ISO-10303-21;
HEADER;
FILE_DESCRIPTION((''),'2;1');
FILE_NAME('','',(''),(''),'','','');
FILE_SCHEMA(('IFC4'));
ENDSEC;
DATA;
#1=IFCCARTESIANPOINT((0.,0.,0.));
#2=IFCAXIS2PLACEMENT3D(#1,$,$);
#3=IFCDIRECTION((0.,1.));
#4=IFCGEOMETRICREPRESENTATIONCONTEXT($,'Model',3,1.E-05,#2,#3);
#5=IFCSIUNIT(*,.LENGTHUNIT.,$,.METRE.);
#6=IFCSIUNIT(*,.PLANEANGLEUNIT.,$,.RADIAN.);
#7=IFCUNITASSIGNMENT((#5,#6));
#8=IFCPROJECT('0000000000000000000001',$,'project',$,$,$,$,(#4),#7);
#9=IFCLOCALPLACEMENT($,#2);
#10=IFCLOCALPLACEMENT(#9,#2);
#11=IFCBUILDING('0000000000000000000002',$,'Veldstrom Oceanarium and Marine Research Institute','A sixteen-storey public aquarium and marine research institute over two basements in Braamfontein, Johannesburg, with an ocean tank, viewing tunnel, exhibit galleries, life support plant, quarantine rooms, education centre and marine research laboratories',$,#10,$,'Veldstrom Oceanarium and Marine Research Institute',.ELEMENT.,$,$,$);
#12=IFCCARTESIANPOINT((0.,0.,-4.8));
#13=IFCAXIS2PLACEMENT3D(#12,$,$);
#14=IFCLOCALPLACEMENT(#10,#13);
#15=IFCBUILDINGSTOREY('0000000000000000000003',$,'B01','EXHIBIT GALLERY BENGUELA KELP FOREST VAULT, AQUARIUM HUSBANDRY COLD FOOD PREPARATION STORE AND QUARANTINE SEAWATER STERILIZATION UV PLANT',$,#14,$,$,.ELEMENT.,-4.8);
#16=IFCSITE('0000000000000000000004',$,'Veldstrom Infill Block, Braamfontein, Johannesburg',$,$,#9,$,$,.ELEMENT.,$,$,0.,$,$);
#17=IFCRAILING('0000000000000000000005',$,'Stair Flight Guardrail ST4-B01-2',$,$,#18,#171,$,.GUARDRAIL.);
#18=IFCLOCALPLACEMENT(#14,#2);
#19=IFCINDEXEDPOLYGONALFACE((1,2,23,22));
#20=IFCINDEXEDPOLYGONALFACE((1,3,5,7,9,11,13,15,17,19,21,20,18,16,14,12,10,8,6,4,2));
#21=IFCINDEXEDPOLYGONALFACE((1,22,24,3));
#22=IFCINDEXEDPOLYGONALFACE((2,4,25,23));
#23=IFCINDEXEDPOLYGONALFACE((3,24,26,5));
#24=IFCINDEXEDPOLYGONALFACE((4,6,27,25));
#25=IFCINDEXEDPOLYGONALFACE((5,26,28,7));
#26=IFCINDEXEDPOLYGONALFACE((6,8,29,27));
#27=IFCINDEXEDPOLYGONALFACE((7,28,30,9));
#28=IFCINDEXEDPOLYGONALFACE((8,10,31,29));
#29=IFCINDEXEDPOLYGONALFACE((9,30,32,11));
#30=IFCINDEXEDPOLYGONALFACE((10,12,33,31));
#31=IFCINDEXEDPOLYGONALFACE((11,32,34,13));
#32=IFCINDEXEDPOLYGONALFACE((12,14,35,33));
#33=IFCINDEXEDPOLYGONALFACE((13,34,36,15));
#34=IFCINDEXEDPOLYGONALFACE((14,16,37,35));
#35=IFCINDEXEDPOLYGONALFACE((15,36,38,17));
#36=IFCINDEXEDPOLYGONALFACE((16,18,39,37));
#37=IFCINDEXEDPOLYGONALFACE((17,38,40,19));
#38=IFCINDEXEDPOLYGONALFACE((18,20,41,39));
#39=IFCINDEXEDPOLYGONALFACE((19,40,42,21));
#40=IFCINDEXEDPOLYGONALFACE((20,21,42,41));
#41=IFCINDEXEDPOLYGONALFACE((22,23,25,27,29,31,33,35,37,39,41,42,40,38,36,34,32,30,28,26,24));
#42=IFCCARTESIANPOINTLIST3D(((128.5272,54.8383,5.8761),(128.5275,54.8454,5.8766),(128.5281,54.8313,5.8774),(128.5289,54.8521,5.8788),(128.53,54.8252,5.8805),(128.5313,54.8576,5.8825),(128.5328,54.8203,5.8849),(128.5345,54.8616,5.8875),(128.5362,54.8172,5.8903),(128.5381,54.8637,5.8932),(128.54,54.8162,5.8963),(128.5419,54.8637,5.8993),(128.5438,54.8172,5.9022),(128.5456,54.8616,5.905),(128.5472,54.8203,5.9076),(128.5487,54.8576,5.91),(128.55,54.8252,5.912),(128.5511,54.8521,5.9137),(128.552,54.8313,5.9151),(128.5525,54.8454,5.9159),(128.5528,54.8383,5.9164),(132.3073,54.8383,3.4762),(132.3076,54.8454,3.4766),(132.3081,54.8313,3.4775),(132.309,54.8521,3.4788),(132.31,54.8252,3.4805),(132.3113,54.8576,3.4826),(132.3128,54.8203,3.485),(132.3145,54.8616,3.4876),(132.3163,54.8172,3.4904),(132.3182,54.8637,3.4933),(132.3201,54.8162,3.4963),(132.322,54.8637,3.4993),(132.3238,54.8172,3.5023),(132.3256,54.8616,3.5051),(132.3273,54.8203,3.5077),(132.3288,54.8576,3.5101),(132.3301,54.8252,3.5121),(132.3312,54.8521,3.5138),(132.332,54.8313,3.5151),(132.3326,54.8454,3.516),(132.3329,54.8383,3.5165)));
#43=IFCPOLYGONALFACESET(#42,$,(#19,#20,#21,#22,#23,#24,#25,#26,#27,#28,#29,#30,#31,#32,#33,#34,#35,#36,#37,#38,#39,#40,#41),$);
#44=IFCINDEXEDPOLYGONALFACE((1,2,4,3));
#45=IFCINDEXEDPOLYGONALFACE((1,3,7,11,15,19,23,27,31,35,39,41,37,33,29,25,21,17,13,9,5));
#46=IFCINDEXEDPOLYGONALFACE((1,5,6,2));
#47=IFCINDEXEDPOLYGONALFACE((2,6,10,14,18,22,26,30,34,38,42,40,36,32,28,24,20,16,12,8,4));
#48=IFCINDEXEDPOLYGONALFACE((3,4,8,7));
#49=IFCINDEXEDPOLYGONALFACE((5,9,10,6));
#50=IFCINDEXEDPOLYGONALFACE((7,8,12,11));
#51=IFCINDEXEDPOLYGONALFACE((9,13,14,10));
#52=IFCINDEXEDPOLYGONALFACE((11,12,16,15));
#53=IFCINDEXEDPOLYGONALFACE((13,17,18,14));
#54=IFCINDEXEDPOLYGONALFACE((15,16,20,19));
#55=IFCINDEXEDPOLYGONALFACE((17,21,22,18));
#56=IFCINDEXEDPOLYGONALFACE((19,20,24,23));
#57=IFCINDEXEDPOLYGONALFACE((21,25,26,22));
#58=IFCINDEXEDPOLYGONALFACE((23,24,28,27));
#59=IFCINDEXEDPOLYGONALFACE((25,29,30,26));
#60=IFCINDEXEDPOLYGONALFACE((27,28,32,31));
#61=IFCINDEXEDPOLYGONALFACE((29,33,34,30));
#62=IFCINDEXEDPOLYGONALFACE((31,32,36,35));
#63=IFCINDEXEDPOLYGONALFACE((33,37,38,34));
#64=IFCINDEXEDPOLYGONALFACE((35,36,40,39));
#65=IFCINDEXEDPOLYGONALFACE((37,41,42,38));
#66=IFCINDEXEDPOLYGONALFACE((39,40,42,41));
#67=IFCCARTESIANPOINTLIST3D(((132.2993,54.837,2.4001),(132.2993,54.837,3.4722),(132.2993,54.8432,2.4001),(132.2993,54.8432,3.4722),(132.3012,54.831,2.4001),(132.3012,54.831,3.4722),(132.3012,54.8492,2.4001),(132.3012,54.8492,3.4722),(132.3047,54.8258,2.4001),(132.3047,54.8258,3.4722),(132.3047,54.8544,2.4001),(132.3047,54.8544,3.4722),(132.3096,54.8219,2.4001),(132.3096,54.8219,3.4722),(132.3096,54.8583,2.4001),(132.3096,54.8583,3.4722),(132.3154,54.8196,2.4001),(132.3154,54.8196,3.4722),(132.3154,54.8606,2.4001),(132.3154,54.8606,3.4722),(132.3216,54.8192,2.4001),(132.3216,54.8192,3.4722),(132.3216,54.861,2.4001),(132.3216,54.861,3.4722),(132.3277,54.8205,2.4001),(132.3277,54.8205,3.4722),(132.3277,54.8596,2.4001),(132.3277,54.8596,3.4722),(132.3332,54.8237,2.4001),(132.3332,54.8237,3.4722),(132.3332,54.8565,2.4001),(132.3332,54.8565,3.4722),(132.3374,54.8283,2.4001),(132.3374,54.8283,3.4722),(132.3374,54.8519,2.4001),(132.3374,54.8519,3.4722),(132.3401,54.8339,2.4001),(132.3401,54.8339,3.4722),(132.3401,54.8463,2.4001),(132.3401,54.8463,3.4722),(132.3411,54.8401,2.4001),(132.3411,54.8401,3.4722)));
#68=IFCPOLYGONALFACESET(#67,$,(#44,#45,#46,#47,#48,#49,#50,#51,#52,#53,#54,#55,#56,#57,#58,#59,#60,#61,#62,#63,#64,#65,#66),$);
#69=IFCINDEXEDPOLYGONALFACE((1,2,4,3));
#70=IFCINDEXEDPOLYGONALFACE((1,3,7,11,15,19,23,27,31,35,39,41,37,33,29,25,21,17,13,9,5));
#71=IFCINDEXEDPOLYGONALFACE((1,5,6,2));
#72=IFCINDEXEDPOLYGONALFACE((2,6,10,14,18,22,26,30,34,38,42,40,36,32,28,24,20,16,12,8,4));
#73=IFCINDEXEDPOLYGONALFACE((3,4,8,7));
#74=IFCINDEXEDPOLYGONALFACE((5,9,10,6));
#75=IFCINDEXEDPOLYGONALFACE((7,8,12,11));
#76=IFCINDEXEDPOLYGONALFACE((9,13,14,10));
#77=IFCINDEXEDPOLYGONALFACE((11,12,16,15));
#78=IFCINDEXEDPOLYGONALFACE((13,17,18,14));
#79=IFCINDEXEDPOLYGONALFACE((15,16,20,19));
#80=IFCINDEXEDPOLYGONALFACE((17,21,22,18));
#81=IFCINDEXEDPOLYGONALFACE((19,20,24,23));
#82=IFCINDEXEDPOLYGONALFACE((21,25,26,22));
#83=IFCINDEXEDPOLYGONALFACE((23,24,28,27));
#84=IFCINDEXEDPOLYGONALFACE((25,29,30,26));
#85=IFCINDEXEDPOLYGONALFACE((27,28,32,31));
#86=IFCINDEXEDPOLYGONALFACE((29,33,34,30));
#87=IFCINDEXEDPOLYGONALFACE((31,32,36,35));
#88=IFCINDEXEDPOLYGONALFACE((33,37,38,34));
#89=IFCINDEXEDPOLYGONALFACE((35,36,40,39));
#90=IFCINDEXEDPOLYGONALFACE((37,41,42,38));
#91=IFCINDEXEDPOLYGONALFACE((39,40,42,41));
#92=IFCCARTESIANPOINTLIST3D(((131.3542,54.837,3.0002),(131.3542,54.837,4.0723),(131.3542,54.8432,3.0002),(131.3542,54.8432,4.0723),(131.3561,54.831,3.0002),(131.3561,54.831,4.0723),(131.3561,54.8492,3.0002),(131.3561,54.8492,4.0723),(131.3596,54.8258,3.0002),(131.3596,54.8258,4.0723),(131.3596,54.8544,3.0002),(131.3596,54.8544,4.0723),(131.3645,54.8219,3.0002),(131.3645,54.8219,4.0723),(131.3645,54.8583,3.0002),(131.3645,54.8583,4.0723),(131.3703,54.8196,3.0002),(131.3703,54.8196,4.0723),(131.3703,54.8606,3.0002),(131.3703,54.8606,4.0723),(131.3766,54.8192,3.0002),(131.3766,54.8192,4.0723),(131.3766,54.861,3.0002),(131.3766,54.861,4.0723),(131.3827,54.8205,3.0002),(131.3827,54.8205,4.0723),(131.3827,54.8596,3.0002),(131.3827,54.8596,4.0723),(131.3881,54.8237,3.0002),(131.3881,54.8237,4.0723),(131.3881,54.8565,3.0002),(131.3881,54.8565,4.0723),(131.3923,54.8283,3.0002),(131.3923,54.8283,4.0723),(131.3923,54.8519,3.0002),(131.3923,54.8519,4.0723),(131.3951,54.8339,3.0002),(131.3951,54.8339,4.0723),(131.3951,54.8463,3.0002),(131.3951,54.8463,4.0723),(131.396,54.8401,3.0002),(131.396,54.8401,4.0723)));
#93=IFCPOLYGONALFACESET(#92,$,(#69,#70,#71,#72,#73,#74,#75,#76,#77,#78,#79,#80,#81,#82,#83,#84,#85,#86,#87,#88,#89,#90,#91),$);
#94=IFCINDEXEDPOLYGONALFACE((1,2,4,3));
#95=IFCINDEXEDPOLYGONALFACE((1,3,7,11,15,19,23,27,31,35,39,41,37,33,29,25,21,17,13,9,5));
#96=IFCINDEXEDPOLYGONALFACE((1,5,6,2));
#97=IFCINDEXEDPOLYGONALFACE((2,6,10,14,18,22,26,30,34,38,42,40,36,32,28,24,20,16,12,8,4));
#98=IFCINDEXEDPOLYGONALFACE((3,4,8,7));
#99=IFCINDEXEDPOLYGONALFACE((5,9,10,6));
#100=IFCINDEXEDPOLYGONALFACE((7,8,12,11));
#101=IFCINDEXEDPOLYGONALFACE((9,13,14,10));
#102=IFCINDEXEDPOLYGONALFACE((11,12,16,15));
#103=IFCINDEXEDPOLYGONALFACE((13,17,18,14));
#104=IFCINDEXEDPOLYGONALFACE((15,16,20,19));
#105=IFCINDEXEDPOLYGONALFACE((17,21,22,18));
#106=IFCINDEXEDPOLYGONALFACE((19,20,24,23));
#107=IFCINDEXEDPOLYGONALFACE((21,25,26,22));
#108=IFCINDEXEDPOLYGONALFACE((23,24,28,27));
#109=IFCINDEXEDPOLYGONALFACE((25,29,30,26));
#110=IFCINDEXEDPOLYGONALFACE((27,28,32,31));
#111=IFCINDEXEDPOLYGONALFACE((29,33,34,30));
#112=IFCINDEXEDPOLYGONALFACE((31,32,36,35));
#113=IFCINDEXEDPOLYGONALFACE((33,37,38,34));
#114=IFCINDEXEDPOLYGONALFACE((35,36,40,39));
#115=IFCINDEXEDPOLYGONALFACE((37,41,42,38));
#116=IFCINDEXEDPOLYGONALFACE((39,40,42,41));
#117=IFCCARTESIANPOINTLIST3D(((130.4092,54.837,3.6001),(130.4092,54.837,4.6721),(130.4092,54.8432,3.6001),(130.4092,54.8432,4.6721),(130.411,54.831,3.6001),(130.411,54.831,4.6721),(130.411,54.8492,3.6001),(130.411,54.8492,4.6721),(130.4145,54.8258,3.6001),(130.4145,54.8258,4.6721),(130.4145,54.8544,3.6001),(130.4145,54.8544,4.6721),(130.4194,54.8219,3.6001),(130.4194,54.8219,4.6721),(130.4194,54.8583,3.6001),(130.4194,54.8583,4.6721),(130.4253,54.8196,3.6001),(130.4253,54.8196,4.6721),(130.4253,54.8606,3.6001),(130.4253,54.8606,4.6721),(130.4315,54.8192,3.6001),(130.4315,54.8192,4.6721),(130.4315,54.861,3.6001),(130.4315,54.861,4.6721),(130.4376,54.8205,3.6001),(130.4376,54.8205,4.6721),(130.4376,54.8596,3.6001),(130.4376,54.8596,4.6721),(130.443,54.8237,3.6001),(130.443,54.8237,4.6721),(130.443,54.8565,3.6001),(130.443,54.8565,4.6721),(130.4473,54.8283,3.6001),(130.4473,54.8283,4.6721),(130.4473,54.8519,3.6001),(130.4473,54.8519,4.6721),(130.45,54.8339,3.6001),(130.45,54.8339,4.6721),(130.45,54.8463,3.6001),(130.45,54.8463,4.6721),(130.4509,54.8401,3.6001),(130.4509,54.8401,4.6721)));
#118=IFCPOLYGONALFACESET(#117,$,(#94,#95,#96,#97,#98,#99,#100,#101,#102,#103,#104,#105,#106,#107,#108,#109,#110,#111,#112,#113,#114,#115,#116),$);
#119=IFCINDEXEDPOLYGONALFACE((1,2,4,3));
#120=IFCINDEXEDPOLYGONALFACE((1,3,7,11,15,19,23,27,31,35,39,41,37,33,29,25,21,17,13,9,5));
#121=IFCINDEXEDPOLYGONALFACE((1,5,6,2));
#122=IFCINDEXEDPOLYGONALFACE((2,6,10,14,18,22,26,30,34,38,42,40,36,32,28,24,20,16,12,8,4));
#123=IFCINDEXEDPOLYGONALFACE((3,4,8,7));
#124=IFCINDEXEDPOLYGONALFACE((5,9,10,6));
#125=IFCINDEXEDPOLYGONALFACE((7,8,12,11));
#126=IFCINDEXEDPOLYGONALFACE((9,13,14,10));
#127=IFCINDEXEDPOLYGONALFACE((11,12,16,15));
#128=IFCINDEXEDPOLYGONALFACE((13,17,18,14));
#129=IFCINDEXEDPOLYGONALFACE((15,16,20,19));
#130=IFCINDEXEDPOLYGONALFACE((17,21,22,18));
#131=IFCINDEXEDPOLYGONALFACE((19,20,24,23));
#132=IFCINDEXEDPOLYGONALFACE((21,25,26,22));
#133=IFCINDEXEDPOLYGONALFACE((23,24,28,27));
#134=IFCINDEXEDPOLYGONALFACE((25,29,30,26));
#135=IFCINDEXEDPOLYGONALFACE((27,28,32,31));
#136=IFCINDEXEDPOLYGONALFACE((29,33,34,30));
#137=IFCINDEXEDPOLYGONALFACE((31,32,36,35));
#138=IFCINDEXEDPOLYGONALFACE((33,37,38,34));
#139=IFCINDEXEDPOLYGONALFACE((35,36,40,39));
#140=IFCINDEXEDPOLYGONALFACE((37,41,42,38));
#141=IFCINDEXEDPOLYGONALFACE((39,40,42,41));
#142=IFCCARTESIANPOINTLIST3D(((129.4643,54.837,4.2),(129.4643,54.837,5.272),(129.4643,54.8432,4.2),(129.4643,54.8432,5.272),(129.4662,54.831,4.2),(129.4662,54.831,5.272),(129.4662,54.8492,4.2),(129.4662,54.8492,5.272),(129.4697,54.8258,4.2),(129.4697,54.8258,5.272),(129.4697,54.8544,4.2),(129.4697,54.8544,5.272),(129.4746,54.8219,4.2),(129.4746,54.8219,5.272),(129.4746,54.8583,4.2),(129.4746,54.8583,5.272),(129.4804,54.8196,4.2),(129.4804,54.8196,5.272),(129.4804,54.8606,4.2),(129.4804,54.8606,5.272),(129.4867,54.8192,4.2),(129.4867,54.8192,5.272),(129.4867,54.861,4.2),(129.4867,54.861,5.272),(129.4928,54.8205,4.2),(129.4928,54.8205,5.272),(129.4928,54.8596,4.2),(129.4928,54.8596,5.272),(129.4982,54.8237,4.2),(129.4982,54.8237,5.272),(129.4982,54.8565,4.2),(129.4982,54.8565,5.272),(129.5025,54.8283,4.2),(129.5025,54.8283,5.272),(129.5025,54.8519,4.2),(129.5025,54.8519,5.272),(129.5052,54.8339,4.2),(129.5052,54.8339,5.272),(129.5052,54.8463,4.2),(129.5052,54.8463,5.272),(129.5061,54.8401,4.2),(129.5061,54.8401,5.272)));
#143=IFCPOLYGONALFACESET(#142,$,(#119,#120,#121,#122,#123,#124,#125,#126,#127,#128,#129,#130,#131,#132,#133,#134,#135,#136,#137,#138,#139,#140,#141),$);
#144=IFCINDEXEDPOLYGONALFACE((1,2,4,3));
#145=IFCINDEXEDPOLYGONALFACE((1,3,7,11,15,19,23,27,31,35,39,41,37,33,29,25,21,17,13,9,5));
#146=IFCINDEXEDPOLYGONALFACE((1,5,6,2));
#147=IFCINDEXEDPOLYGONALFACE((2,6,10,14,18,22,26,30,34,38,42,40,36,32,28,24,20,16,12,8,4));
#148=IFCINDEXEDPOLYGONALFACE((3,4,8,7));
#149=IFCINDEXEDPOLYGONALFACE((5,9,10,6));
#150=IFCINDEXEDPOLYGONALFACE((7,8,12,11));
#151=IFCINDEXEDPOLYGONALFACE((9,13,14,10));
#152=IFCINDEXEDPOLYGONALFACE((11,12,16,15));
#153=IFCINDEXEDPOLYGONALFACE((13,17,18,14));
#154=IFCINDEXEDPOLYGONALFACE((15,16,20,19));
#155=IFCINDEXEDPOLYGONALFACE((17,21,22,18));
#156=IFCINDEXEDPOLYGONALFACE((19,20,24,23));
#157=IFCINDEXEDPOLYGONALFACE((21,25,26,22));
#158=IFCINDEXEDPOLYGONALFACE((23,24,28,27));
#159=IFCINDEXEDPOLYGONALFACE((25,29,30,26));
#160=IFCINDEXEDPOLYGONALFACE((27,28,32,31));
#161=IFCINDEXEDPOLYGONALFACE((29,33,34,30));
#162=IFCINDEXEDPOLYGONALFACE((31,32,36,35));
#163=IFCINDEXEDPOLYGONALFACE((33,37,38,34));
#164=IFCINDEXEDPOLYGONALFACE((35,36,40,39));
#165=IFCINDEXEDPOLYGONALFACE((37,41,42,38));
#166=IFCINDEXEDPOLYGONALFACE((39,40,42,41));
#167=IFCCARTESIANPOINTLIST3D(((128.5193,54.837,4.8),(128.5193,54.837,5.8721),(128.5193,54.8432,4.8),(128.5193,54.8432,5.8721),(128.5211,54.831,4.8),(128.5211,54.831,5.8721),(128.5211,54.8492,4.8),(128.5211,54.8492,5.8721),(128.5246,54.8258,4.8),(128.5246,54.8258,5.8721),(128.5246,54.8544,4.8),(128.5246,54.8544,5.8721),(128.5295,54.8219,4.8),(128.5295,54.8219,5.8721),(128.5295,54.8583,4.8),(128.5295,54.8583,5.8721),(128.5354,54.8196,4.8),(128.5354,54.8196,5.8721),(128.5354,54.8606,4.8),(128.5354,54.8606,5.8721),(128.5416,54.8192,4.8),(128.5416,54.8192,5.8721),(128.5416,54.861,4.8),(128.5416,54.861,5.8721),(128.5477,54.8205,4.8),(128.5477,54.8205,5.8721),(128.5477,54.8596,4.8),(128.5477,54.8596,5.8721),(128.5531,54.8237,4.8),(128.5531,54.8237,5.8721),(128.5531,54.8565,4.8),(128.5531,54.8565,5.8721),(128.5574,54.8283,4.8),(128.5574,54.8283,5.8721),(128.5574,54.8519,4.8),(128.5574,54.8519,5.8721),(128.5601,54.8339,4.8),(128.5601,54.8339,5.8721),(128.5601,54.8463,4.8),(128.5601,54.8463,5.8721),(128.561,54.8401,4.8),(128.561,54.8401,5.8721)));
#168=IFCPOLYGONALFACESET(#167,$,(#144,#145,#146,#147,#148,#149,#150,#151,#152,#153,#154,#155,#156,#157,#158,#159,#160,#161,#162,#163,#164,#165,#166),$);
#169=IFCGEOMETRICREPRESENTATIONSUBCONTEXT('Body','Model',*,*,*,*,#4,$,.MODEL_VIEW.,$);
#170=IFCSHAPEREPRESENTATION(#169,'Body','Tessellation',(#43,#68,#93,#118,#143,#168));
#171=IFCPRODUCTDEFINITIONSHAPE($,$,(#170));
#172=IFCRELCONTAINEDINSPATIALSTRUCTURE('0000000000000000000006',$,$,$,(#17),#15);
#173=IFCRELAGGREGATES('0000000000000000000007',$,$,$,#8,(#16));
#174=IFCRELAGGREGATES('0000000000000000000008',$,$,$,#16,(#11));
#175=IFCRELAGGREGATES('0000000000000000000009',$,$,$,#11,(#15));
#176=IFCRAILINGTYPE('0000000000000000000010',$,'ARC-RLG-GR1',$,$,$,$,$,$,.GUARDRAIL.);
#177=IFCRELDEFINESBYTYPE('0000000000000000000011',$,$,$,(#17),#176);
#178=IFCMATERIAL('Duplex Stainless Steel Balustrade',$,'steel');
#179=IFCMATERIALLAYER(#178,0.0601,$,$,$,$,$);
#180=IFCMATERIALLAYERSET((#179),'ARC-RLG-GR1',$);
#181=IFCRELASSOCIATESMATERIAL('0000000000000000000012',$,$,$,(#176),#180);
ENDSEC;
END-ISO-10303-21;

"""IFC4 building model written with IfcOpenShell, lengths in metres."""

from ifc_helpers import new_model, si_unit, direction, frame, origin, origin_2d, place, context, subcontext, project, spatial, circle, extrude, material, layer, layer_set, type_object, element, save


model = new_model("IFC4")

# Units and contexts
model_context = context("Model", 3, precision=1e-05, world=origin(), true_north=direction((0.0, 1.0)))
body_context = subcontext(model_context, "Body", "Model", "MODEL_VIEW")
ifc_project = project(units=[si_unit("LENGTHUNIT", "METRE"), si_unit("PLANEANGLEUNIT", "RADIAN")], contexts=[model_context])

# Site, building, storey
site_placement = place(None, origin())
site = spatial("IfcSite", under=ifc_project, at=site_placement, Name="Veldstrom Infill Block, Braamfontein, Johannesburg", CompositionType="ELEMENT", RefElevation=0.0)
building_placement = place(site_placement, origin())
building = spatial("IfcBuilding", under=site, at=building_placement, Name="Veldstrom Oceanarium and Marine Research Institute", Description="A sixteen-storey public aquarium and marine research institute over two basements in Braamfontein, Johannesburg, with an ocean tank, viewing tunnel, exhibit galleries, life support plant, quarantine rooms, education centre and marine research laboratories", LongName="Veldstrom Oceanarium and Marine Research Institute", CompositionType="ELEMENT")
storey_placement = place(building_placement, frame((0.0, 0.0, -4.8)))
storey = spatial("IfcBuildingStorey", under=building, at=storey_placement, Name="B01", Description="EXHIBIT GALLERY BENGUELA KELP FOREST VAULT, AQUARIUM HUSBANDRY COLD FOOD PREPARATION STORE AND QUARANTINE SEAWATER STERILIZATION UV PLANT", CompositionType="ELEMENT", Elevation=-4.8)

# Railing
ifc_material_1 = material(Name="Duplex Stainless Steel Balustrade", Category="steel")
ifc_layer_1 = layer(ifc_material_1, 0.0601)
ifc_layer_set_1 = layer_set([ifc_layer_1], Name="ARC-RLG-GR1")
railing_type_1 = type_object("IfcRailingType", Name="ARC-RLG-GR1", PredefinedType="GUARDRAIL", material=ifc_layer_set_1)
railing_1_placement = place(storey_placement, frame((132.3201, 54.8401, 2.4001)))
element("IfcRailing", 1, at=railing_1_placement, inside=storey, type_object=railing_type_1, Name="Stair Flight Guardrail ST4-B01-2", PredefinedType="GUARDRAIL", context=body_context, shape_type="SweptSolid", body=[
    extrude(circle(Radius=0.0239, at=origin_2d()), frame((0.0, 0.0, 1.0962), z_axis=(-0.844225, 0.0, 0.53599), x_axis=(0.0, -1.0, 0.0)), (0.0, 0.0, 1.0), 4.4775),
    extrude(circle(Radius=0.021, at=origin_2d()), origin(), (0.0, 0.0, 1.0), 1.072),
    extrude(circle(Radius=0.021, at=origin_2d()), frame((-0.9451, 0.0, 0.6001)), (0.0, 0.0, 1.0), 1.072),
    extrude(circle(Radius=0.021, at=origin_2d()), frame((-1.8901, 0.0, 1.2)), (0.0, 0.0, 1.0), 1.072),
    extrude(circle(Radius=0.021, at=origin_2d()), frame((-2.835, 0.0, 1.7998)), (0.0, 0.0, 1.0), 1.072),
    extrude(circle(Radius=0.021, at=origin_2d()), frame((-3.78, 0.0, 2.3999)), (0.0, 0.0, 1.0), 1.072),
])

save(model, "model.ifc")
